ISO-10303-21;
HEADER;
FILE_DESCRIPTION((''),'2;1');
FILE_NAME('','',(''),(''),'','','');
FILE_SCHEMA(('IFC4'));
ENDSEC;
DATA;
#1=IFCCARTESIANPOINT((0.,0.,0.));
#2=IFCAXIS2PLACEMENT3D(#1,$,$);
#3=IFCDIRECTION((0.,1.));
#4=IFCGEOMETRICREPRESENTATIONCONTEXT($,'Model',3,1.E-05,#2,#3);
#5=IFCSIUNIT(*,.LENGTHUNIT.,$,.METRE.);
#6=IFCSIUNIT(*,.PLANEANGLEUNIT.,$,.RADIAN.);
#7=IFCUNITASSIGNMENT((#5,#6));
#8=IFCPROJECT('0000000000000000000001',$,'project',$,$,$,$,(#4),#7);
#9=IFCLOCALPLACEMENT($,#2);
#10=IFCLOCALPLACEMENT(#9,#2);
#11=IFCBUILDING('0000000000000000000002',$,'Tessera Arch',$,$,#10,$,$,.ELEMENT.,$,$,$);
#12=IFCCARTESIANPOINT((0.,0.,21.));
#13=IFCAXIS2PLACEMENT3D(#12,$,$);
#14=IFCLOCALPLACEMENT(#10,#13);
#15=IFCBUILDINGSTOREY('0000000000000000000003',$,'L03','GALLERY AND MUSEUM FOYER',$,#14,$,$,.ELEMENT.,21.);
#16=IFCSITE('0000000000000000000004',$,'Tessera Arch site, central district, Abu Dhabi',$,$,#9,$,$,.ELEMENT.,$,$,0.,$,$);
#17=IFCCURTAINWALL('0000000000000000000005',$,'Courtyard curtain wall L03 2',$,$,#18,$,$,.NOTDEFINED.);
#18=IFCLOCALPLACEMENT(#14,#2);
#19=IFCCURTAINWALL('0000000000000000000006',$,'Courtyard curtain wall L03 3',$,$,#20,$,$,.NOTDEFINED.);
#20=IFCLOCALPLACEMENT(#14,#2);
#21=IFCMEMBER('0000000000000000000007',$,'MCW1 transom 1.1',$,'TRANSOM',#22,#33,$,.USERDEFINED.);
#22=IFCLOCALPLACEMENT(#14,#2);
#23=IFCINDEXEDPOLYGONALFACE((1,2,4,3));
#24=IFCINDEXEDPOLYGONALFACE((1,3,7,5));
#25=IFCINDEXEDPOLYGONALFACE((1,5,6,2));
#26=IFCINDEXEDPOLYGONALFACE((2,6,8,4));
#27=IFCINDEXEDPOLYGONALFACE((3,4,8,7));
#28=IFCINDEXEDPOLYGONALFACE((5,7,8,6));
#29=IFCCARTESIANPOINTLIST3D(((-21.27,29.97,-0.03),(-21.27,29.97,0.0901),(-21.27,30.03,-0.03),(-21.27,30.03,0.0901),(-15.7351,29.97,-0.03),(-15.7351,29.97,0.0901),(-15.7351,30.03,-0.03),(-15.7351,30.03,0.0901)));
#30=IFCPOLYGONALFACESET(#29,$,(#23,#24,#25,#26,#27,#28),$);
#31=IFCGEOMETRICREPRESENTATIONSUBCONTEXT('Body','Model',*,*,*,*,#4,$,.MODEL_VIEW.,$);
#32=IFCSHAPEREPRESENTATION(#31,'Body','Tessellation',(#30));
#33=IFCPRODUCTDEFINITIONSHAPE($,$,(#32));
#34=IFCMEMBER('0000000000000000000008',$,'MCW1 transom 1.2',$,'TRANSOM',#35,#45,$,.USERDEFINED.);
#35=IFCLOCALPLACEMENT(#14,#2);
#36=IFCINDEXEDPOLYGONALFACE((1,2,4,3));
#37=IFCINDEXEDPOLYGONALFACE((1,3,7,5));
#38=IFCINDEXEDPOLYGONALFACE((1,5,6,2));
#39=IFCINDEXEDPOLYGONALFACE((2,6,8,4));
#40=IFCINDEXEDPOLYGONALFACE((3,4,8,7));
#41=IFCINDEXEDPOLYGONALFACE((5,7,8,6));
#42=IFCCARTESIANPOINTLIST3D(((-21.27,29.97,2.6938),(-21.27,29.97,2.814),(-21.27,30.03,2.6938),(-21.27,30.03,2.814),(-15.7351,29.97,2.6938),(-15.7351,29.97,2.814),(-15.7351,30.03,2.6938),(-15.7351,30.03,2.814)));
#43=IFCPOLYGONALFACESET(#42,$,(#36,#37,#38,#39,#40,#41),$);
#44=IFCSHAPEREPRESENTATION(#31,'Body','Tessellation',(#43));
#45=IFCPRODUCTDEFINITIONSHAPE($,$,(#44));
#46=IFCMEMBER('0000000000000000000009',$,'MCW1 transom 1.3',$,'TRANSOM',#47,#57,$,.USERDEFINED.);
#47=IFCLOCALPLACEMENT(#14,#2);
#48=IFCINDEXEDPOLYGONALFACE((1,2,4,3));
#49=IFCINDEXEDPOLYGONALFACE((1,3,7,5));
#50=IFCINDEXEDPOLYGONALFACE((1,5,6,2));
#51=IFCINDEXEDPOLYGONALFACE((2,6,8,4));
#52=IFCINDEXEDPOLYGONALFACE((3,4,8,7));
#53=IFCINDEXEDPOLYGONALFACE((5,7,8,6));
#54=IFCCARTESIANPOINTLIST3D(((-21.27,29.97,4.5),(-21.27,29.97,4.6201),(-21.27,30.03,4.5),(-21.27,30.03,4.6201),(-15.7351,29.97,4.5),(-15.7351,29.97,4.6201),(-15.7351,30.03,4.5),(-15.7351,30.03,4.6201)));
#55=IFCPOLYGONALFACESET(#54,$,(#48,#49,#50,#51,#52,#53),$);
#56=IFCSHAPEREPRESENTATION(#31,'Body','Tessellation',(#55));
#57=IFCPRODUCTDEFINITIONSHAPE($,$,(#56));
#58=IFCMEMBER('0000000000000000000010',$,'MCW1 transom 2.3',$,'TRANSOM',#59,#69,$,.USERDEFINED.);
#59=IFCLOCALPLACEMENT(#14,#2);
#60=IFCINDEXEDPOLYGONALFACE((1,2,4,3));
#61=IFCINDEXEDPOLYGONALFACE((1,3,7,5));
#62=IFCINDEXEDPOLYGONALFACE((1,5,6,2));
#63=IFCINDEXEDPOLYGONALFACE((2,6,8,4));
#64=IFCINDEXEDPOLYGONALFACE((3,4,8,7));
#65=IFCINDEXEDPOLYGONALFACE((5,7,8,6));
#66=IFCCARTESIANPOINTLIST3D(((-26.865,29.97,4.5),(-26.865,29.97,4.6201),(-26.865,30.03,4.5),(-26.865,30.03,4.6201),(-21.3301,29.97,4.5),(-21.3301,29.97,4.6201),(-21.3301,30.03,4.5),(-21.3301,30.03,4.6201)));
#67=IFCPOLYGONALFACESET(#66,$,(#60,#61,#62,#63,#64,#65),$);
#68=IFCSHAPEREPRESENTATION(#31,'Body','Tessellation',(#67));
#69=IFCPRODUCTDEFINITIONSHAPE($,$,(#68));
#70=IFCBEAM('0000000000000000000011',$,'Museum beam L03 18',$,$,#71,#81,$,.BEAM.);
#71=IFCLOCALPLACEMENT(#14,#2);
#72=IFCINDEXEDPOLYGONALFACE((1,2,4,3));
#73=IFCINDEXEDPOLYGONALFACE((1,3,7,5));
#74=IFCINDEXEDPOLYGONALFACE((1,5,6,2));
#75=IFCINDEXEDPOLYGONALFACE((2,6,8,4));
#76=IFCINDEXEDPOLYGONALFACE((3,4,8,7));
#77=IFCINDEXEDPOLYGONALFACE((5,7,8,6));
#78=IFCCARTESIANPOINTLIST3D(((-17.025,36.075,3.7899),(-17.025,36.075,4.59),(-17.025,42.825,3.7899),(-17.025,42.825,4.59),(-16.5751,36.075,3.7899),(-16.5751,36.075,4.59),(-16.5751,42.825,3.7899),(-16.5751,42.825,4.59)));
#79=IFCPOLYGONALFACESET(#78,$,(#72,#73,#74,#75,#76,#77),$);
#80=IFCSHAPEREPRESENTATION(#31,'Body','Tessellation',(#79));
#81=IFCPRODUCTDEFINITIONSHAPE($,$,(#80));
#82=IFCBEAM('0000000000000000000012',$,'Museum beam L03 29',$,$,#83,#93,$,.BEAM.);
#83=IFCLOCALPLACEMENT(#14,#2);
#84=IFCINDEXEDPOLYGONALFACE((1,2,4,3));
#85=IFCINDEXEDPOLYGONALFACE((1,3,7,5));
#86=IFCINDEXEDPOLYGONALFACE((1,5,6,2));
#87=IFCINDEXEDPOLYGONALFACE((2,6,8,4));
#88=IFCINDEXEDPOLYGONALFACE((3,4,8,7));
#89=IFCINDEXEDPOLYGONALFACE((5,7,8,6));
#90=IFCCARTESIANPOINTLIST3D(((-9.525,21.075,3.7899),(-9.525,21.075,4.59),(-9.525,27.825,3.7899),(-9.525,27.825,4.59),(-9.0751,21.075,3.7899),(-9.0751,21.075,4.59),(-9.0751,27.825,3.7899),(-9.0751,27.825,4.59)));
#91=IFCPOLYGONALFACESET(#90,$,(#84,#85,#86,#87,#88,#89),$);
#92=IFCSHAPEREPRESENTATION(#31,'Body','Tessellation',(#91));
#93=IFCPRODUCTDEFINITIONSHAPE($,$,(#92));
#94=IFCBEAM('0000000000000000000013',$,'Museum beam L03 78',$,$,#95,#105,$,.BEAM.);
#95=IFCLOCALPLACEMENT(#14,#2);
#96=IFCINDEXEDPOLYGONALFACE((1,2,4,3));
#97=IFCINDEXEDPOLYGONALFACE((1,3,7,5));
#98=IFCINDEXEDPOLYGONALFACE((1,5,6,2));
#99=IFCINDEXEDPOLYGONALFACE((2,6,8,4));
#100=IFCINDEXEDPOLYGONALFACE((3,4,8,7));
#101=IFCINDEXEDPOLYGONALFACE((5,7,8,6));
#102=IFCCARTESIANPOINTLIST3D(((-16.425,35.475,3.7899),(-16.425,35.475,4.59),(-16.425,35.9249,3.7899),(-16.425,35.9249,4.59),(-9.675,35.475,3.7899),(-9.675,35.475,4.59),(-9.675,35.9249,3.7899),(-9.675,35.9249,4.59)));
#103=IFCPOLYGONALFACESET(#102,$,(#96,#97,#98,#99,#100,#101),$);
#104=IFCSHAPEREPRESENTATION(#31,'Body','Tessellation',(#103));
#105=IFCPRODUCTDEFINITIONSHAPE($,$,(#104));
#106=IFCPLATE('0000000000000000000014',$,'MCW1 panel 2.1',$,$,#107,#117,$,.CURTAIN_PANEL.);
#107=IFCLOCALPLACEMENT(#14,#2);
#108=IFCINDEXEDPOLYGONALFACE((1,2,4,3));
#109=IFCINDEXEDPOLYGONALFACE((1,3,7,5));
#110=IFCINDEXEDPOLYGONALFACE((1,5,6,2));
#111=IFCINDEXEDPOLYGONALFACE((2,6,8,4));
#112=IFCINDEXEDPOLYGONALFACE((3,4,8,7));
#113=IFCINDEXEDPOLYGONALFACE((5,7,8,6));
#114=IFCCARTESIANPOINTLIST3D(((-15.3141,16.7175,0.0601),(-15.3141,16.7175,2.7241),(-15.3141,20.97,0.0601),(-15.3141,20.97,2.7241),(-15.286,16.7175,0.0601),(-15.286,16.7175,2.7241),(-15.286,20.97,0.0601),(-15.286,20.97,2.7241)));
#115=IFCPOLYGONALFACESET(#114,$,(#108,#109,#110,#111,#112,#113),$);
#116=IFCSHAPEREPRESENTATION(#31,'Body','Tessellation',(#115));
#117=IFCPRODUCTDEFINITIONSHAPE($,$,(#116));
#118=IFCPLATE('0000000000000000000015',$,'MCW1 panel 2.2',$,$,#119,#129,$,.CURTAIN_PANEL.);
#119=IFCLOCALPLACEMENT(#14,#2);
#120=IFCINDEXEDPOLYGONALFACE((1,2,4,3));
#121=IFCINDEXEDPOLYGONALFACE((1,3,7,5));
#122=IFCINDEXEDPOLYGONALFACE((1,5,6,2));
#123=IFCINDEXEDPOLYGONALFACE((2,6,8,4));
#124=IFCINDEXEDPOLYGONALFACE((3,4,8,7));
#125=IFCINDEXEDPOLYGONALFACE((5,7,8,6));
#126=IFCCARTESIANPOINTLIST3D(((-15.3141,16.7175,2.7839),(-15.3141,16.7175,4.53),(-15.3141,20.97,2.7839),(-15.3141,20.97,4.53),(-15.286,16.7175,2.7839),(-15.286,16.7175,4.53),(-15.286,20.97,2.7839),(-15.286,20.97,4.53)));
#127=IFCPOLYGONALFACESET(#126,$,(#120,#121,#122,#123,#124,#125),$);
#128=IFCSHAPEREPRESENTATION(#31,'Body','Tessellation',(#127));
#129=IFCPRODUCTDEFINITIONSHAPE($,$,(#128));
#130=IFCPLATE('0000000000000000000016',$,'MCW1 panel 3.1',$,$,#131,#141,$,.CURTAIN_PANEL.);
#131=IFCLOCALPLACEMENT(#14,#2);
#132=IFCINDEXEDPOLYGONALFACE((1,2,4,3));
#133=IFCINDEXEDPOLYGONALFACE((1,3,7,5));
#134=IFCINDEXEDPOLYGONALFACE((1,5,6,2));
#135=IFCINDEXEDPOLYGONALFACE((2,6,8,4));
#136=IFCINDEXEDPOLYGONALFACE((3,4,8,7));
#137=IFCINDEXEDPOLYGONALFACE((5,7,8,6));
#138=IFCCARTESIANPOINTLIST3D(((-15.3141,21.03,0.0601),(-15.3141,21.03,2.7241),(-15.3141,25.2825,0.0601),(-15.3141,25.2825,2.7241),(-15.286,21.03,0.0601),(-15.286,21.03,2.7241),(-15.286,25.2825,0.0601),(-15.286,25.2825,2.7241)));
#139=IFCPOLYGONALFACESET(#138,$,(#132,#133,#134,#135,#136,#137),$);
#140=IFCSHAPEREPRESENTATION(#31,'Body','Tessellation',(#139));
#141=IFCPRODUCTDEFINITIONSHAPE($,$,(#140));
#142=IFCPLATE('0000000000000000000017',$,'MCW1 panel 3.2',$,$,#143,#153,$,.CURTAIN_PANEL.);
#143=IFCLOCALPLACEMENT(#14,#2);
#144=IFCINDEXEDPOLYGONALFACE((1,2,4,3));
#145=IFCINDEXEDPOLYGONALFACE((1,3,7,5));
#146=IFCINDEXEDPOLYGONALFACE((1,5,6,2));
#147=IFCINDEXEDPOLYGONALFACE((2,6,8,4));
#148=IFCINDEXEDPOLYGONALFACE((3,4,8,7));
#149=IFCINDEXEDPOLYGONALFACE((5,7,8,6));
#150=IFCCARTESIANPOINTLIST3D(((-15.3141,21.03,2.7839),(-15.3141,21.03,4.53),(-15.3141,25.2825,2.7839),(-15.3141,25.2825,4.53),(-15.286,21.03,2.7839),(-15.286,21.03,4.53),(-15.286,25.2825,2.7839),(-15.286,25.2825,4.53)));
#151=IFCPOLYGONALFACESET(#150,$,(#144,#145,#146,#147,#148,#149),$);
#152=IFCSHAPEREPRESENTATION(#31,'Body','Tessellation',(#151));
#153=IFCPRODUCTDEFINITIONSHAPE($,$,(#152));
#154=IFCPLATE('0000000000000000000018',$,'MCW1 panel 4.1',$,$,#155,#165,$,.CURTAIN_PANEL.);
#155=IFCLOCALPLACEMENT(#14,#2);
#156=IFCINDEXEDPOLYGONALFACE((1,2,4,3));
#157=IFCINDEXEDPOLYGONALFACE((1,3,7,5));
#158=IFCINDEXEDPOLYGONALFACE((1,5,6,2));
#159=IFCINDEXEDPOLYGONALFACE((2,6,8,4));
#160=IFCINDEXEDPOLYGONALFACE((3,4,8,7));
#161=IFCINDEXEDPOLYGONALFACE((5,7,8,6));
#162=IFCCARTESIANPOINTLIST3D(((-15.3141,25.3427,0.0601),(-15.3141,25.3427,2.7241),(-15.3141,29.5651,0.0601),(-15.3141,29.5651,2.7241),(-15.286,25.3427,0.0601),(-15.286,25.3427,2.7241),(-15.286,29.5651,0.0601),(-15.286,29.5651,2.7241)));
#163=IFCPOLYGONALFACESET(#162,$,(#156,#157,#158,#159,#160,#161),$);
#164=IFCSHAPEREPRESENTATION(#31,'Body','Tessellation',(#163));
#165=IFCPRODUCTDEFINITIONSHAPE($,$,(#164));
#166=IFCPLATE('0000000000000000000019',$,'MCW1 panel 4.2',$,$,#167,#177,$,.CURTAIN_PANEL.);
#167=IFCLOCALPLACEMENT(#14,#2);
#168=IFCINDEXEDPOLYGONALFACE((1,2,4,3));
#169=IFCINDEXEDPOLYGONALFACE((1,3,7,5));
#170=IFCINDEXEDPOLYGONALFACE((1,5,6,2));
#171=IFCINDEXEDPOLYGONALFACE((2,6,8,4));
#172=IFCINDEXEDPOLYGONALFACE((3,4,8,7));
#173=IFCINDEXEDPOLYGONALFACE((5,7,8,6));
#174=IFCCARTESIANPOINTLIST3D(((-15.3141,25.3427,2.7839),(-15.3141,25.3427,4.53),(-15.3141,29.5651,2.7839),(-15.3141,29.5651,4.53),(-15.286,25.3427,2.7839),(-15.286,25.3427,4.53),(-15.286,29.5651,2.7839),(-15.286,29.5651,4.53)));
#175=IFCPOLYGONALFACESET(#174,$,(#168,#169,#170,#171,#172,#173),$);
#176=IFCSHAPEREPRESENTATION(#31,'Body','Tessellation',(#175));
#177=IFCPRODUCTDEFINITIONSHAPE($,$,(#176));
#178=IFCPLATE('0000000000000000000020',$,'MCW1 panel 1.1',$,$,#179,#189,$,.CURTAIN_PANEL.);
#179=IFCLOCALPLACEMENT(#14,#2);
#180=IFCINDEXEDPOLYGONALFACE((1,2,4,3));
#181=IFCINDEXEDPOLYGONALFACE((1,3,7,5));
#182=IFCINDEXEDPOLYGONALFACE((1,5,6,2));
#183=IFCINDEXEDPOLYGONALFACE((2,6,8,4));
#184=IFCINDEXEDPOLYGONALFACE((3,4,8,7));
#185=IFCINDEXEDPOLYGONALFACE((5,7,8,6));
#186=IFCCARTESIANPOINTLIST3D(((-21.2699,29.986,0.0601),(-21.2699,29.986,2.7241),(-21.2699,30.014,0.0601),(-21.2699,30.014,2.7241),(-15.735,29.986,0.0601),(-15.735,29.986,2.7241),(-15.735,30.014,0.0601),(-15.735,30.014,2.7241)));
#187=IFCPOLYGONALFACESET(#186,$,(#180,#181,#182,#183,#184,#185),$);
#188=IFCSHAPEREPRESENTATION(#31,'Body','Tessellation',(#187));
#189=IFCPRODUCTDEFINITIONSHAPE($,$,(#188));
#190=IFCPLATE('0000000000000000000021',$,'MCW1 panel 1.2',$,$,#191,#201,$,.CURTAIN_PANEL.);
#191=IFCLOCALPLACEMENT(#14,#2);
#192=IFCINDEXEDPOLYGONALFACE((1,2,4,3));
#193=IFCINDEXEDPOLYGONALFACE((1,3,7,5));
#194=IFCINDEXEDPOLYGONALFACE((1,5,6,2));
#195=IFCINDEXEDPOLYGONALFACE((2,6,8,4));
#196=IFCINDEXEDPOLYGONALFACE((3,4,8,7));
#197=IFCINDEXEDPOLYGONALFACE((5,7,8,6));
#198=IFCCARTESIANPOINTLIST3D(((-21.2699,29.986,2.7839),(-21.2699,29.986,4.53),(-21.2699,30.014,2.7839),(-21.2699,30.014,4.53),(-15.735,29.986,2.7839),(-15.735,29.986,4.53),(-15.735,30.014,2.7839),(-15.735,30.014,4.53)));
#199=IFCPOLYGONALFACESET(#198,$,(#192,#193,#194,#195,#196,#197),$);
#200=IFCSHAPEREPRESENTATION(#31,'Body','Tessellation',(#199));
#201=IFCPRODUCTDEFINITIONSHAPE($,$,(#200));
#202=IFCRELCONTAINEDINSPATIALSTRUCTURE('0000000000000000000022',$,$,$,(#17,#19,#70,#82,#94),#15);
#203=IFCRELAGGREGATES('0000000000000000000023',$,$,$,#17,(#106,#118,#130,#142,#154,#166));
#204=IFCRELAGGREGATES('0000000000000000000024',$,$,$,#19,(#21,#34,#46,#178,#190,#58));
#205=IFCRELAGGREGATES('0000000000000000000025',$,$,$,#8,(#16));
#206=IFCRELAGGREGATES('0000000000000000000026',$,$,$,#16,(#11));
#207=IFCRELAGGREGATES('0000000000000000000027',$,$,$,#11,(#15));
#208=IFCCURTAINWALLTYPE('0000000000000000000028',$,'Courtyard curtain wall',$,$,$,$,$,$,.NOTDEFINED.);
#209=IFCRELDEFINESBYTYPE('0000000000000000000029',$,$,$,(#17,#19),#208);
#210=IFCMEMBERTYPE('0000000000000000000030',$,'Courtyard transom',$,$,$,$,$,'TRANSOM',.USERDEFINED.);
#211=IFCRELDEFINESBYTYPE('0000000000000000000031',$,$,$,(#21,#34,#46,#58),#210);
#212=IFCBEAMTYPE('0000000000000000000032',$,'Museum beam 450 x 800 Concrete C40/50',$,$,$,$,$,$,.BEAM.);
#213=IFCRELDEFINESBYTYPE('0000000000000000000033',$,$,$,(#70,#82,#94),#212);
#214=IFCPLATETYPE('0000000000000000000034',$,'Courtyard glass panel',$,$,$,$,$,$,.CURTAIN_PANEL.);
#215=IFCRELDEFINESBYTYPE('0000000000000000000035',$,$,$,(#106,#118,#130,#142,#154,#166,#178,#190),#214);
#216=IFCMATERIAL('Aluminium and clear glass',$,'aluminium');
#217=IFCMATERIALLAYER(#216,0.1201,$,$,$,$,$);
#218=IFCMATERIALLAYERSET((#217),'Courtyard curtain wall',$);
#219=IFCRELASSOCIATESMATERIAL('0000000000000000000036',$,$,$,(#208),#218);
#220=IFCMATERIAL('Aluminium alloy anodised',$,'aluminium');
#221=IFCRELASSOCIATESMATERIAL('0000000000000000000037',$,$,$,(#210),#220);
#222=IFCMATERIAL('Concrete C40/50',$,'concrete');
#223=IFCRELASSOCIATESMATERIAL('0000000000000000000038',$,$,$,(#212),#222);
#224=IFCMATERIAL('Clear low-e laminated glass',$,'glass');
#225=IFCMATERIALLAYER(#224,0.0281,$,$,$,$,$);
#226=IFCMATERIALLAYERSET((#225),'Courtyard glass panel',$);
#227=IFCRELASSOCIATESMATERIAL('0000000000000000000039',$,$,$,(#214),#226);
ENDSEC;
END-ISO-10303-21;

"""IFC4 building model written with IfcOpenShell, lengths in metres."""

from ifc_helpers import new_model, si_unit, direction, frame, origin, origin_2d, place, context, subcontext, project, spatial, rectangle, extrude, material, layer, layer_set, material_profile, profile_set, type_object, element, aggregate, save


model = new_model("IFC4")

# Units and contexts
model_context = context("Model", 3, precision=1e-05, world=origin(), true_north=direction((0.0, 1.0)))
body_context = subcontext(model_context, "Body", "Model", "MODEL_VIEW")
ifc_project = project(units=[si_unit("LENGTHUNIT", "METRE"), si_unit("PLANEANGLEUNIT", "RADIAN")], contexts=[model_context])

# Site, building, storey
site_placement = place(None, origin())
site = spatial("IfcSite", under=ifc_project, at=site_placement, Name="Tessera Arch site, central district, Abu Dhabi", CompositionType="ELEMENT", RefElevation=0.0)
building_placement = place(site_placement, origin())
building = spatial("IfcBuilding", under=site, at=building_placement, Name="Tessera Arch", CompositionType="ELEMENT")
storey_placement = place(building_placement, frame((0.0, 0.0, 21.0)))
storey = spatial("IfcBuildingStorey", under=building, at=storey_placement, Name="L03", Description="GALLERY AND MUSEUM FOYER", CompositionType="ELEMENT", Elevation=21.0)

# Curtain walls
ifc_material_1 = material(Name="Aluminium and clear glass", Category="aluminium")
ifc_layer_1 = layer(ifc_material_1, 0.1201)
ifc_layer_set_1 = layer_set([ifc_layer_1], Name="Courtyard curtain wall")
curtain_wall_type = type_object("IfcCurtainWallType", Name="Courtyard curtain wall", PredefinedType="NOTDEFINED", material=ifc_layer_set_1)
curtain_wall_1_placement = place(storey_placement, origin())
curtain_wall_1 = element("IfcCurtainWall", 1, at=curtain_wall_1_placement, inside=storey, type_object=curtain_wall_type, Name="Courtyard curtain wall L03 2", PredefinedType="NOTDEFINED")
curtain_wall_2_placement = place(storey_placement, origin())
curtain_wall_2 = element("IfcCurtainWall", 2, at=curtain_wall_2_placement, inside=storey, type_object=curtain_wall_type, Name="Courtyard curtain wall L03 3", PredefinedType="NOTDEFINED")

# Members
ifc_material_2 = material(Name="Aluminium alloy anodised", Category="aluminium")
ifc_material_profile_1 = material_profile(ifc_material_2, rectangle(XDim=0.0601, YDim=0.1201, at=origin_2d()), Name="Courtyard transom")
ifc_profile_set_1 = profile_set([ifc_material_profile_1], Name="Aluminium alloy anodised")
member_type_1 = type_object("IfcMemberType", Name="Courtyard transom", ElementType="TRANSOM", PredefinedType="USERDEFINED", material=ifc_profile_set_1)
member_1_placement = place(storey_placement, frame((-15.7351, 30.0, 0.03), z_axis=(-1.0, 0.0, 0.0), x_axis=(0.0, -1.0, 0.0)))
member_1 = element("IfcMember", 3, at=member_1_placement, type_object=member_type_1, Name="MCW1 transom 1.1", ObjectType="TRANSOM", PredefinedType="USERDEFINED", context=body_context, shape_type="SweptSolid", body=[
    extrude(rectangle(XDim=0.0601, YDim=0.1201, at=origin_2d()), origin(), (0.0, 0.0, 1.0), 5.5349),
])
member_2_placement = place(storey_placement, frame((-15.7351, 30.0, 2.7539), z_axis=(-1.0, 0.0, 0.0), x_axis=(0.0, -1.0, 0.0)))
member_2 = element("IfcMember", 4, at=member_2_placement, type_object=member_type_1, Name="MCW1 transom 1.2", ObjectType="TRANSOM", PredefinedType="USERDEFINED", context=body_context, shape_type="SweptSolid", body=[
    extrude(rectangle(XDim=0.0601, YDim=0.1201, at=origin_2d()), origin(), (0.0, 0.0, 1.0), 5.5349),
])
member_3_placement = place(storey_placement, frame((-15.7351, 30.0, 4.5601), z_axis=(-1.0, 0.0, 0.0), x_axis=(0.0, -1.0, 0.0)))
member_3 = element("IfcMember", 5, at=member_3_placement, type_object=member_type_1, Name="MCW1 transom 1.3", ObjectType="TRANSOM", PredefinedType="USERDEFINED", context=body_context, shape_type="SweptSolid", body=[
    extrude(rectangle(XDim=0.0601, YDim=0.1201, at=origin_2d()), origin(), (0.0, 0.0, 1.0), 5.5349),
])
member_4_placement = place(storey_placement, frame((-21.3301, 30.0, 4.5601), z_axis=(-1.0, 0.0, 0.0), x_axis=(0.0, -1.0, 0.0)))
member_4 = element("IfcMember", 6, at=member_4_placement, type_object=member_type_1, Name="MCW1 transom 2.3", ObjectType="TRANSOM", PredefinedType="USERDEFINED", context=body_context, shape_type="SweptSolid", body=[
    extrude(rectangle(XDim=0.0601, YDim=0.1201, at=origin_2d()), origin(), (0.0, 0.0, 1.0), 5.5349),
])

# Beams
ifc_material_3 = material(Name="Concrete C40/50", Category="concrete")
ifc_material_profile_2 = material_profile(ifc_material_3, rectangle(XDim=0.45, YDim=0.8, at=origin_2d()), Name="Museum beam 450 x 800 Concrete C40/50")
ifc_profile_set_2 = profile_set([ifc_material_profile_2], Name="Concrete C40/50")
beam_type = type_object("IfcBeamType", Name="Museum beam 450 x 800 Concrete C40/50", PredefinedType="BEAM", material=ifc_profile_set_2)
for number, where, z_axis, x_axis, name in (
    (7, (-16.8, 36.075, 4.1899), (0.0, 1.0, 0.0), (-1.0, 0.0, 0.0), "Museum beam L03 18"),
    (8, (-9.3, 21.075, 4.1899), (0.0, 1.0, 0.0), (-1.0, 0.0, 0.0), "Museum beam L03 29"),
    (9, (-16.425, 35.7, 4.1899), (1.0, 0.0, 0.0), (0.0, 1.0, 0.0), "Museum beam L03 78"),
):
    element("IfcBeam", number, at=place(storey_placement, frame(where, z_axis=z_axis, x_axis=x_axis)), inside=storey, type_object=beam_type, Name=name, PredefinedType="BEAM", context=body_context, shape_type="SweptSolid", body=[
        extrude(rectangle(XDim=0.45, YDim=0.8, at=origin_2d()), origin(), (0.0, 0.0, 1.0), 6.75),
    ])

# Plates
ifc_material_4 = material(Name="Clear low-e laminated glass", Category="glass")
ifc_layer_2 = layer(ifc_material_4, 0.0281)
ifc_layer_set_2 = layer_set([ifc_layer_2], Name="Courtyard glass panel")
plate_type = type_object("IfcPlateType", Name="Courtyard glass panel", PredefinedType="CURTAIN_PANEL", material=ifc_layer_set_2)
plate_1_placement = place(storey_placement, frame((-15.3, 18.8438, 0.0601), z_axis=(0.0, 0.0, 1.0), x_axis=(0.0, 1.0, 0.0)))
plate_1 = element("IfcPlate", 10, at=plate_1_placement, type_object=plate_type, Name="MCW1 panel 2.1", PredefinedType="CURTAIN_PANEL", context=body_context, shape_type="SweptSolid", body=[
    extrude(rectangle(XDim=4.2524, YDim=0.0281, at=origin_2d()), origin(), (0.0, 0.0, 1.0), 2.6641),
])
plate_2_placement = place(storey_placement, frame((-15.3, 18.8438, 2.7839), z_axis=(0.0, 0.0, 1.0), x_axis=(0.0, 1.0, 0.0)))
plate_2 = element("IfcPlate", 11, at=plate_2_placement, type_object=plate_type, Name="MCW1 panel 2.2", PredefinedType="CURTAIN_PANEL", context=body_context, shape_type="SweptSolid", body=[
    extrude(rectangle(XDim=4.2524, YDim=0.0281, at=origin_2d()), origin(), (0.0, 0.0, 1.0), 1.7461),
])
plate_3_placement = place(storey_placement, frame((-15.3, 23.1562, 0.0601), z_axis=(0.0, 0.0, 1.0), x_axis=(0.0, 1.0, 0.0)))
plate_3 = element("IfcPlate", 12, at=plate_3_placement, type_object=plate_type, Name="MCW1 panel 3.1", PredefinedType="CURTAIN_PANEL", context=body_context, shape_type="SweptSolid", body=[
    extrude(rectangle(XDim=4.2524, YDim=0.0281, at=origin_2d()), origin(), (0.0, 0.0, 1.0), 2.6641),
])
plate_4_placement = place(storey_placement, frame((-15.3, 23.1562, 2.7839), z_axis=(0.0, 0.0, 1.0), x_axis=(0.0, 1.0, 0.0)))
plate_4 = element("IfcPlate", 13, at=plate_4_placement, type_object=plate_type, Name="MCW1 panel 3.2", PredefinedType="CURTAIN_PANEL", context=body_context, shape_type="SweptSolid", body=[
    extrude(rectangle(XDim=4.2524, YDim=0.0281, at=origin_2d()), origin(), (0.0, 0.0, 1.0), 1.7461),
])
plate_5_placement = place(storey_placement, frame((-15.3, 27.4539, 0.0601), z_axis=(0.0, 0.0, 1.0), x_axis=(0.0, 1.0, 0.0)))
plate_5 = element("IfcPlate", 14, at=plate_5_placement, type_object=plate_type, Name="MCW1 panel 4.1", PredefinedType="CURTAIN_PANEL", context=body_context, shape_type="SweptSolid", body=[
    extrude(rectangle(XDim=4.2224, YDim=0.0281, at=origin_2d()), origin(), (0.0, 0.0, 1.0), 2.6641),
])
plate_6_placement = place(storey_placement, frame((-15.3, 27.4539, 2.7839), z_axis=(0.0, 0.0, 1.0), x_axis=(0.0, 1.0, 0.0)))
plate_6 = element("IfcPlate", 15, at=plate_6_placement, type_object=plate_type, Name="MCW1 panel 4.2", PredefinedType="CURTAIN_PANEL", context=body_context, shape_type="SweptSolid", body=[
    extrude(rectangle(XDim=4.2224, YDim=0.0281, at=origin_2d()), origin(), (0.0, 0.0, 1.0), 1.7461),
])
aggregate(curtain_wall_1, [plate_1, plate_2, plate_3, plate_4, plate_5, plate_6])
plate_7_placement = place(storey_placement, frame((-18.5024, 30.0, 0.0601), z_axis=(0.0, 0.0, 1.0), x_axis=(-1.0, 0.0, 0.0)))
plate_7 = element("IfcPlate", 16, at=plate_7_placement, type_object=plate_type, Name="MCW1 panel 1.1", PredefinedType="CURTAIN_PANEL", context=body_context, shape_type="SweptSolid", body=[
    extrude(rectangle(XDim=5.5349, YDim=0.0281, at=origin_2d()), origin(), (0.0, 0.0, 1.0), 2.6641),
])
plate_8_placement = place(storey_placement, frame((-18.5024, 30.0, 2.7839), z_axis=(0.0, 0.0, 1.0), x_axis=(-1.0, 0.0, 0.0)))
plate_8 = element("IfcPlate", 17, at=plate_8_placement, type_object=plate_type, Name="MCW1 panel 1.2", PredefinedType="CURTAIN_PANEL", context=body_context, shape_type="SweptSolid", body=[
    extrude(rectangle(XDim=5.5349, YDim=0.0281, at=origin_2d()), origin(), (0.0, 0.0, 1.0), 1.7461),
])
aggregate(curtain_wall_2, [member_1, member_2, member_3, plate_7, plate_8, member_4])

save(model, "model.ifc")
